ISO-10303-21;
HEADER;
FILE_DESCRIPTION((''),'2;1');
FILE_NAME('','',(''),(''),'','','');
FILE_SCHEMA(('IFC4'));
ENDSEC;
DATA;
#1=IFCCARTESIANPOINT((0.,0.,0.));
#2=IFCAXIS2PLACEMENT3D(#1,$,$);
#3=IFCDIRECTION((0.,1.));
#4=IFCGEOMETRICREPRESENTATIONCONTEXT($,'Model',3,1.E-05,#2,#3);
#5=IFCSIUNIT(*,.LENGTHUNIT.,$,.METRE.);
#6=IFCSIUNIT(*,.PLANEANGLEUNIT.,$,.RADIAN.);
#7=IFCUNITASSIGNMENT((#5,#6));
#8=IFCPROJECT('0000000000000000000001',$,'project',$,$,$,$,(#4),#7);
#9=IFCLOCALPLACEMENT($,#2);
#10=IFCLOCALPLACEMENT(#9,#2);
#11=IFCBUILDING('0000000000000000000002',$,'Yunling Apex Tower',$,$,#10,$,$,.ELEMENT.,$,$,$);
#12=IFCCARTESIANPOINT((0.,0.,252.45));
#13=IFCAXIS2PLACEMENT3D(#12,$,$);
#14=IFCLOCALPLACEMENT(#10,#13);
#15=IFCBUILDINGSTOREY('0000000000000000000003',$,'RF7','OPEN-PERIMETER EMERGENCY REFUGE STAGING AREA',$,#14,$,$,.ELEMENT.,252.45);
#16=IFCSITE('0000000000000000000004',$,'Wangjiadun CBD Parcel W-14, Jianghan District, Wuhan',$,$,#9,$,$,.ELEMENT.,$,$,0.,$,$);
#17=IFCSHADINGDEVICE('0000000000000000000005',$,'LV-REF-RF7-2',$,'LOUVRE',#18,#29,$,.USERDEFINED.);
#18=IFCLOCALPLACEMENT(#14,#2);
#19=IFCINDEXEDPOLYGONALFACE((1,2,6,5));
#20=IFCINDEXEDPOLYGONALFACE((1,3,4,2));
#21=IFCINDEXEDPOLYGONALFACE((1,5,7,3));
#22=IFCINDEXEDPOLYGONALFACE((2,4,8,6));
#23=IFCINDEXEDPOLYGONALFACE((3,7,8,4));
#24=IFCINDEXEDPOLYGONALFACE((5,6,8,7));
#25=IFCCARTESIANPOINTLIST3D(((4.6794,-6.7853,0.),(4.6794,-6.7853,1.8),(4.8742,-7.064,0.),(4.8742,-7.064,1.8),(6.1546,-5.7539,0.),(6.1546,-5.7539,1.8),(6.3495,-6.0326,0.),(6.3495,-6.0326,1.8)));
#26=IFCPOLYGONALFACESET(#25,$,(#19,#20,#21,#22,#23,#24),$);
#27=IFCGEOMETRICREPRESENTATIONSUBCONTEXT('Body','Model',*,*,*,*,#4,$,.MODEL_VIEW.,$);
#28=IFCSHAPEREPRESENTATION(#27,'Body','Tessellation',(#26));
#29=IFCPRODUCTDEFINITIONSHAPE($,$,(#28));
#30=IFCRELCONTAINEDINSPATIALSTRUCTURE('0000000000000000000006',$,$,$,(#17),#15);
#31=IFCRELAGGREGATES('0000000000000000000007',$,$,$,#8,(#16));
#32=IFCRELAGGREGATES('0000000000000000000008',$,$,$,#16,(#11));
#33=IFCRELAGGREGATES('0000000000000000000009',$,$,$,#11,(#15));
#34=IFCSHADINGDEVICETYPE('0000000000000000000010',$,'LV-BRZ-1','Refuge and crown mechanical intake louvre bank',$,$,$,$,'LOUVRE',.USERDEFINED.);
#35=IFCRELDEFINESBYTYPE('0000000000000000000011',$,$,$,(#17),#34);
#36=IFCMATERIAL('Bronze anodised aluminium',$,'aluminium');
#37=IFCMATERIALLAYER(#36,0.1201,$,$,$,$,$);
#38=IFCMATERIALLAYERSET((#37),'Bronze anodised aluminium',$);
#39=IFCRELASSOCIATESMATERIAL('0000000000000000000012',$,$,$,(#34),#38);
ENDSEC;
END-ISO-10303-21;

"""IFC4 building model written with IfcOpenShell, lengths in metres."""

from ifc_helpers import new_model, si_unit, direction, frame, origin, origin_2d, place, context, subcontext, project, spatial, rectangle, extrude, source, transform, mapped, material, layer, layer_set, type_object, element, save


model = new_model("IFC4")

# Units and contexts
model_context = context("Model", 3, precision=1e-05, world=origin(), true_north=direction((0.0, 1.0)))
body_context = subcontext(model_context, "Body", "Model", "MODEL_VIEW")
ifc_project = project(units=[si_unit("LENGTHUNIT", "METRE"), si_unit("PLANEANGLEUNIT", "RADIAN")], contexts=[model_context])

# Site, building, storey
site_placement = place(None, origin())
site = spatial("IfcSite", under=ifc_project, at=site_placement, Name="Wangjiadun CBD Parcel W-14, Jianghan District, Wuhan", CompositionType="ELEMENT", RefElevation=0.0)
building_placement = place(site_placement, origin())
building = spatial("IfcBuilding", under=site, at=building_placement, Name="Yunling Apex Tower", CompositionType="ELEMENT")
storey_placement = place(building_placement, frame((0.0, 0.0, 252.45)))
storey = spatial("IfcBuildingStorey", under=building, at=storey_placement, Name="RF7", Description="OPEN-PERIMETER EMERGENCY REFUGE STAGING AREA", CompositionType="ELEMENT", Elevation=252.45)

# Shading device
ifc_material_1 = material(Name="Bronze anodised aluminium", Category="aluminium")
ifc_layer_1 = layer(ifc_material_1, 0.1201)
ifc_layer_set_1 = layer_set([ifc_layer_1], Name="Bronze anodised aluminium")
shading_device_type = type_object("IfcShadingDeviceType", Name="LV-BRZ-1", Description="Refuge and crown mechanical intake louvre bank", ElementType="LOUVRE", PredefinedType="USERDEFINED", material=ifc_layer_set_1)
shared_shape_1 = source(origin(), body_context, "Body", "SweptSolid", [
    extrude(rectangle(XDim=1.8, YDim=0.3401, at=origin_2d()), origin(), (0.0, 0.0, 1.0), 1.8),
])
shading_device_placement = place(storey_placement, frame((5.5144, -6.4089, 0.0), z_axis=(0.0, 0.0, 1.0), x_axis=(-0.819552, -0.573004, 0.0)))
element("IfcShadingDevice", 1, at=shading_device_placement, inside=storey, type_object=shading_device_type, Name="LV-REF-RF7-2", ObjectType="LOUVRE", PredefinedType="USERDEFINED", context=body_context, shape_type="MappedRepresentation", body=[
    mapped(shared_shape_1, transform((0.0, 0.0, 0.0), scale=1.0)),
])

save(model, "model.ifc")
